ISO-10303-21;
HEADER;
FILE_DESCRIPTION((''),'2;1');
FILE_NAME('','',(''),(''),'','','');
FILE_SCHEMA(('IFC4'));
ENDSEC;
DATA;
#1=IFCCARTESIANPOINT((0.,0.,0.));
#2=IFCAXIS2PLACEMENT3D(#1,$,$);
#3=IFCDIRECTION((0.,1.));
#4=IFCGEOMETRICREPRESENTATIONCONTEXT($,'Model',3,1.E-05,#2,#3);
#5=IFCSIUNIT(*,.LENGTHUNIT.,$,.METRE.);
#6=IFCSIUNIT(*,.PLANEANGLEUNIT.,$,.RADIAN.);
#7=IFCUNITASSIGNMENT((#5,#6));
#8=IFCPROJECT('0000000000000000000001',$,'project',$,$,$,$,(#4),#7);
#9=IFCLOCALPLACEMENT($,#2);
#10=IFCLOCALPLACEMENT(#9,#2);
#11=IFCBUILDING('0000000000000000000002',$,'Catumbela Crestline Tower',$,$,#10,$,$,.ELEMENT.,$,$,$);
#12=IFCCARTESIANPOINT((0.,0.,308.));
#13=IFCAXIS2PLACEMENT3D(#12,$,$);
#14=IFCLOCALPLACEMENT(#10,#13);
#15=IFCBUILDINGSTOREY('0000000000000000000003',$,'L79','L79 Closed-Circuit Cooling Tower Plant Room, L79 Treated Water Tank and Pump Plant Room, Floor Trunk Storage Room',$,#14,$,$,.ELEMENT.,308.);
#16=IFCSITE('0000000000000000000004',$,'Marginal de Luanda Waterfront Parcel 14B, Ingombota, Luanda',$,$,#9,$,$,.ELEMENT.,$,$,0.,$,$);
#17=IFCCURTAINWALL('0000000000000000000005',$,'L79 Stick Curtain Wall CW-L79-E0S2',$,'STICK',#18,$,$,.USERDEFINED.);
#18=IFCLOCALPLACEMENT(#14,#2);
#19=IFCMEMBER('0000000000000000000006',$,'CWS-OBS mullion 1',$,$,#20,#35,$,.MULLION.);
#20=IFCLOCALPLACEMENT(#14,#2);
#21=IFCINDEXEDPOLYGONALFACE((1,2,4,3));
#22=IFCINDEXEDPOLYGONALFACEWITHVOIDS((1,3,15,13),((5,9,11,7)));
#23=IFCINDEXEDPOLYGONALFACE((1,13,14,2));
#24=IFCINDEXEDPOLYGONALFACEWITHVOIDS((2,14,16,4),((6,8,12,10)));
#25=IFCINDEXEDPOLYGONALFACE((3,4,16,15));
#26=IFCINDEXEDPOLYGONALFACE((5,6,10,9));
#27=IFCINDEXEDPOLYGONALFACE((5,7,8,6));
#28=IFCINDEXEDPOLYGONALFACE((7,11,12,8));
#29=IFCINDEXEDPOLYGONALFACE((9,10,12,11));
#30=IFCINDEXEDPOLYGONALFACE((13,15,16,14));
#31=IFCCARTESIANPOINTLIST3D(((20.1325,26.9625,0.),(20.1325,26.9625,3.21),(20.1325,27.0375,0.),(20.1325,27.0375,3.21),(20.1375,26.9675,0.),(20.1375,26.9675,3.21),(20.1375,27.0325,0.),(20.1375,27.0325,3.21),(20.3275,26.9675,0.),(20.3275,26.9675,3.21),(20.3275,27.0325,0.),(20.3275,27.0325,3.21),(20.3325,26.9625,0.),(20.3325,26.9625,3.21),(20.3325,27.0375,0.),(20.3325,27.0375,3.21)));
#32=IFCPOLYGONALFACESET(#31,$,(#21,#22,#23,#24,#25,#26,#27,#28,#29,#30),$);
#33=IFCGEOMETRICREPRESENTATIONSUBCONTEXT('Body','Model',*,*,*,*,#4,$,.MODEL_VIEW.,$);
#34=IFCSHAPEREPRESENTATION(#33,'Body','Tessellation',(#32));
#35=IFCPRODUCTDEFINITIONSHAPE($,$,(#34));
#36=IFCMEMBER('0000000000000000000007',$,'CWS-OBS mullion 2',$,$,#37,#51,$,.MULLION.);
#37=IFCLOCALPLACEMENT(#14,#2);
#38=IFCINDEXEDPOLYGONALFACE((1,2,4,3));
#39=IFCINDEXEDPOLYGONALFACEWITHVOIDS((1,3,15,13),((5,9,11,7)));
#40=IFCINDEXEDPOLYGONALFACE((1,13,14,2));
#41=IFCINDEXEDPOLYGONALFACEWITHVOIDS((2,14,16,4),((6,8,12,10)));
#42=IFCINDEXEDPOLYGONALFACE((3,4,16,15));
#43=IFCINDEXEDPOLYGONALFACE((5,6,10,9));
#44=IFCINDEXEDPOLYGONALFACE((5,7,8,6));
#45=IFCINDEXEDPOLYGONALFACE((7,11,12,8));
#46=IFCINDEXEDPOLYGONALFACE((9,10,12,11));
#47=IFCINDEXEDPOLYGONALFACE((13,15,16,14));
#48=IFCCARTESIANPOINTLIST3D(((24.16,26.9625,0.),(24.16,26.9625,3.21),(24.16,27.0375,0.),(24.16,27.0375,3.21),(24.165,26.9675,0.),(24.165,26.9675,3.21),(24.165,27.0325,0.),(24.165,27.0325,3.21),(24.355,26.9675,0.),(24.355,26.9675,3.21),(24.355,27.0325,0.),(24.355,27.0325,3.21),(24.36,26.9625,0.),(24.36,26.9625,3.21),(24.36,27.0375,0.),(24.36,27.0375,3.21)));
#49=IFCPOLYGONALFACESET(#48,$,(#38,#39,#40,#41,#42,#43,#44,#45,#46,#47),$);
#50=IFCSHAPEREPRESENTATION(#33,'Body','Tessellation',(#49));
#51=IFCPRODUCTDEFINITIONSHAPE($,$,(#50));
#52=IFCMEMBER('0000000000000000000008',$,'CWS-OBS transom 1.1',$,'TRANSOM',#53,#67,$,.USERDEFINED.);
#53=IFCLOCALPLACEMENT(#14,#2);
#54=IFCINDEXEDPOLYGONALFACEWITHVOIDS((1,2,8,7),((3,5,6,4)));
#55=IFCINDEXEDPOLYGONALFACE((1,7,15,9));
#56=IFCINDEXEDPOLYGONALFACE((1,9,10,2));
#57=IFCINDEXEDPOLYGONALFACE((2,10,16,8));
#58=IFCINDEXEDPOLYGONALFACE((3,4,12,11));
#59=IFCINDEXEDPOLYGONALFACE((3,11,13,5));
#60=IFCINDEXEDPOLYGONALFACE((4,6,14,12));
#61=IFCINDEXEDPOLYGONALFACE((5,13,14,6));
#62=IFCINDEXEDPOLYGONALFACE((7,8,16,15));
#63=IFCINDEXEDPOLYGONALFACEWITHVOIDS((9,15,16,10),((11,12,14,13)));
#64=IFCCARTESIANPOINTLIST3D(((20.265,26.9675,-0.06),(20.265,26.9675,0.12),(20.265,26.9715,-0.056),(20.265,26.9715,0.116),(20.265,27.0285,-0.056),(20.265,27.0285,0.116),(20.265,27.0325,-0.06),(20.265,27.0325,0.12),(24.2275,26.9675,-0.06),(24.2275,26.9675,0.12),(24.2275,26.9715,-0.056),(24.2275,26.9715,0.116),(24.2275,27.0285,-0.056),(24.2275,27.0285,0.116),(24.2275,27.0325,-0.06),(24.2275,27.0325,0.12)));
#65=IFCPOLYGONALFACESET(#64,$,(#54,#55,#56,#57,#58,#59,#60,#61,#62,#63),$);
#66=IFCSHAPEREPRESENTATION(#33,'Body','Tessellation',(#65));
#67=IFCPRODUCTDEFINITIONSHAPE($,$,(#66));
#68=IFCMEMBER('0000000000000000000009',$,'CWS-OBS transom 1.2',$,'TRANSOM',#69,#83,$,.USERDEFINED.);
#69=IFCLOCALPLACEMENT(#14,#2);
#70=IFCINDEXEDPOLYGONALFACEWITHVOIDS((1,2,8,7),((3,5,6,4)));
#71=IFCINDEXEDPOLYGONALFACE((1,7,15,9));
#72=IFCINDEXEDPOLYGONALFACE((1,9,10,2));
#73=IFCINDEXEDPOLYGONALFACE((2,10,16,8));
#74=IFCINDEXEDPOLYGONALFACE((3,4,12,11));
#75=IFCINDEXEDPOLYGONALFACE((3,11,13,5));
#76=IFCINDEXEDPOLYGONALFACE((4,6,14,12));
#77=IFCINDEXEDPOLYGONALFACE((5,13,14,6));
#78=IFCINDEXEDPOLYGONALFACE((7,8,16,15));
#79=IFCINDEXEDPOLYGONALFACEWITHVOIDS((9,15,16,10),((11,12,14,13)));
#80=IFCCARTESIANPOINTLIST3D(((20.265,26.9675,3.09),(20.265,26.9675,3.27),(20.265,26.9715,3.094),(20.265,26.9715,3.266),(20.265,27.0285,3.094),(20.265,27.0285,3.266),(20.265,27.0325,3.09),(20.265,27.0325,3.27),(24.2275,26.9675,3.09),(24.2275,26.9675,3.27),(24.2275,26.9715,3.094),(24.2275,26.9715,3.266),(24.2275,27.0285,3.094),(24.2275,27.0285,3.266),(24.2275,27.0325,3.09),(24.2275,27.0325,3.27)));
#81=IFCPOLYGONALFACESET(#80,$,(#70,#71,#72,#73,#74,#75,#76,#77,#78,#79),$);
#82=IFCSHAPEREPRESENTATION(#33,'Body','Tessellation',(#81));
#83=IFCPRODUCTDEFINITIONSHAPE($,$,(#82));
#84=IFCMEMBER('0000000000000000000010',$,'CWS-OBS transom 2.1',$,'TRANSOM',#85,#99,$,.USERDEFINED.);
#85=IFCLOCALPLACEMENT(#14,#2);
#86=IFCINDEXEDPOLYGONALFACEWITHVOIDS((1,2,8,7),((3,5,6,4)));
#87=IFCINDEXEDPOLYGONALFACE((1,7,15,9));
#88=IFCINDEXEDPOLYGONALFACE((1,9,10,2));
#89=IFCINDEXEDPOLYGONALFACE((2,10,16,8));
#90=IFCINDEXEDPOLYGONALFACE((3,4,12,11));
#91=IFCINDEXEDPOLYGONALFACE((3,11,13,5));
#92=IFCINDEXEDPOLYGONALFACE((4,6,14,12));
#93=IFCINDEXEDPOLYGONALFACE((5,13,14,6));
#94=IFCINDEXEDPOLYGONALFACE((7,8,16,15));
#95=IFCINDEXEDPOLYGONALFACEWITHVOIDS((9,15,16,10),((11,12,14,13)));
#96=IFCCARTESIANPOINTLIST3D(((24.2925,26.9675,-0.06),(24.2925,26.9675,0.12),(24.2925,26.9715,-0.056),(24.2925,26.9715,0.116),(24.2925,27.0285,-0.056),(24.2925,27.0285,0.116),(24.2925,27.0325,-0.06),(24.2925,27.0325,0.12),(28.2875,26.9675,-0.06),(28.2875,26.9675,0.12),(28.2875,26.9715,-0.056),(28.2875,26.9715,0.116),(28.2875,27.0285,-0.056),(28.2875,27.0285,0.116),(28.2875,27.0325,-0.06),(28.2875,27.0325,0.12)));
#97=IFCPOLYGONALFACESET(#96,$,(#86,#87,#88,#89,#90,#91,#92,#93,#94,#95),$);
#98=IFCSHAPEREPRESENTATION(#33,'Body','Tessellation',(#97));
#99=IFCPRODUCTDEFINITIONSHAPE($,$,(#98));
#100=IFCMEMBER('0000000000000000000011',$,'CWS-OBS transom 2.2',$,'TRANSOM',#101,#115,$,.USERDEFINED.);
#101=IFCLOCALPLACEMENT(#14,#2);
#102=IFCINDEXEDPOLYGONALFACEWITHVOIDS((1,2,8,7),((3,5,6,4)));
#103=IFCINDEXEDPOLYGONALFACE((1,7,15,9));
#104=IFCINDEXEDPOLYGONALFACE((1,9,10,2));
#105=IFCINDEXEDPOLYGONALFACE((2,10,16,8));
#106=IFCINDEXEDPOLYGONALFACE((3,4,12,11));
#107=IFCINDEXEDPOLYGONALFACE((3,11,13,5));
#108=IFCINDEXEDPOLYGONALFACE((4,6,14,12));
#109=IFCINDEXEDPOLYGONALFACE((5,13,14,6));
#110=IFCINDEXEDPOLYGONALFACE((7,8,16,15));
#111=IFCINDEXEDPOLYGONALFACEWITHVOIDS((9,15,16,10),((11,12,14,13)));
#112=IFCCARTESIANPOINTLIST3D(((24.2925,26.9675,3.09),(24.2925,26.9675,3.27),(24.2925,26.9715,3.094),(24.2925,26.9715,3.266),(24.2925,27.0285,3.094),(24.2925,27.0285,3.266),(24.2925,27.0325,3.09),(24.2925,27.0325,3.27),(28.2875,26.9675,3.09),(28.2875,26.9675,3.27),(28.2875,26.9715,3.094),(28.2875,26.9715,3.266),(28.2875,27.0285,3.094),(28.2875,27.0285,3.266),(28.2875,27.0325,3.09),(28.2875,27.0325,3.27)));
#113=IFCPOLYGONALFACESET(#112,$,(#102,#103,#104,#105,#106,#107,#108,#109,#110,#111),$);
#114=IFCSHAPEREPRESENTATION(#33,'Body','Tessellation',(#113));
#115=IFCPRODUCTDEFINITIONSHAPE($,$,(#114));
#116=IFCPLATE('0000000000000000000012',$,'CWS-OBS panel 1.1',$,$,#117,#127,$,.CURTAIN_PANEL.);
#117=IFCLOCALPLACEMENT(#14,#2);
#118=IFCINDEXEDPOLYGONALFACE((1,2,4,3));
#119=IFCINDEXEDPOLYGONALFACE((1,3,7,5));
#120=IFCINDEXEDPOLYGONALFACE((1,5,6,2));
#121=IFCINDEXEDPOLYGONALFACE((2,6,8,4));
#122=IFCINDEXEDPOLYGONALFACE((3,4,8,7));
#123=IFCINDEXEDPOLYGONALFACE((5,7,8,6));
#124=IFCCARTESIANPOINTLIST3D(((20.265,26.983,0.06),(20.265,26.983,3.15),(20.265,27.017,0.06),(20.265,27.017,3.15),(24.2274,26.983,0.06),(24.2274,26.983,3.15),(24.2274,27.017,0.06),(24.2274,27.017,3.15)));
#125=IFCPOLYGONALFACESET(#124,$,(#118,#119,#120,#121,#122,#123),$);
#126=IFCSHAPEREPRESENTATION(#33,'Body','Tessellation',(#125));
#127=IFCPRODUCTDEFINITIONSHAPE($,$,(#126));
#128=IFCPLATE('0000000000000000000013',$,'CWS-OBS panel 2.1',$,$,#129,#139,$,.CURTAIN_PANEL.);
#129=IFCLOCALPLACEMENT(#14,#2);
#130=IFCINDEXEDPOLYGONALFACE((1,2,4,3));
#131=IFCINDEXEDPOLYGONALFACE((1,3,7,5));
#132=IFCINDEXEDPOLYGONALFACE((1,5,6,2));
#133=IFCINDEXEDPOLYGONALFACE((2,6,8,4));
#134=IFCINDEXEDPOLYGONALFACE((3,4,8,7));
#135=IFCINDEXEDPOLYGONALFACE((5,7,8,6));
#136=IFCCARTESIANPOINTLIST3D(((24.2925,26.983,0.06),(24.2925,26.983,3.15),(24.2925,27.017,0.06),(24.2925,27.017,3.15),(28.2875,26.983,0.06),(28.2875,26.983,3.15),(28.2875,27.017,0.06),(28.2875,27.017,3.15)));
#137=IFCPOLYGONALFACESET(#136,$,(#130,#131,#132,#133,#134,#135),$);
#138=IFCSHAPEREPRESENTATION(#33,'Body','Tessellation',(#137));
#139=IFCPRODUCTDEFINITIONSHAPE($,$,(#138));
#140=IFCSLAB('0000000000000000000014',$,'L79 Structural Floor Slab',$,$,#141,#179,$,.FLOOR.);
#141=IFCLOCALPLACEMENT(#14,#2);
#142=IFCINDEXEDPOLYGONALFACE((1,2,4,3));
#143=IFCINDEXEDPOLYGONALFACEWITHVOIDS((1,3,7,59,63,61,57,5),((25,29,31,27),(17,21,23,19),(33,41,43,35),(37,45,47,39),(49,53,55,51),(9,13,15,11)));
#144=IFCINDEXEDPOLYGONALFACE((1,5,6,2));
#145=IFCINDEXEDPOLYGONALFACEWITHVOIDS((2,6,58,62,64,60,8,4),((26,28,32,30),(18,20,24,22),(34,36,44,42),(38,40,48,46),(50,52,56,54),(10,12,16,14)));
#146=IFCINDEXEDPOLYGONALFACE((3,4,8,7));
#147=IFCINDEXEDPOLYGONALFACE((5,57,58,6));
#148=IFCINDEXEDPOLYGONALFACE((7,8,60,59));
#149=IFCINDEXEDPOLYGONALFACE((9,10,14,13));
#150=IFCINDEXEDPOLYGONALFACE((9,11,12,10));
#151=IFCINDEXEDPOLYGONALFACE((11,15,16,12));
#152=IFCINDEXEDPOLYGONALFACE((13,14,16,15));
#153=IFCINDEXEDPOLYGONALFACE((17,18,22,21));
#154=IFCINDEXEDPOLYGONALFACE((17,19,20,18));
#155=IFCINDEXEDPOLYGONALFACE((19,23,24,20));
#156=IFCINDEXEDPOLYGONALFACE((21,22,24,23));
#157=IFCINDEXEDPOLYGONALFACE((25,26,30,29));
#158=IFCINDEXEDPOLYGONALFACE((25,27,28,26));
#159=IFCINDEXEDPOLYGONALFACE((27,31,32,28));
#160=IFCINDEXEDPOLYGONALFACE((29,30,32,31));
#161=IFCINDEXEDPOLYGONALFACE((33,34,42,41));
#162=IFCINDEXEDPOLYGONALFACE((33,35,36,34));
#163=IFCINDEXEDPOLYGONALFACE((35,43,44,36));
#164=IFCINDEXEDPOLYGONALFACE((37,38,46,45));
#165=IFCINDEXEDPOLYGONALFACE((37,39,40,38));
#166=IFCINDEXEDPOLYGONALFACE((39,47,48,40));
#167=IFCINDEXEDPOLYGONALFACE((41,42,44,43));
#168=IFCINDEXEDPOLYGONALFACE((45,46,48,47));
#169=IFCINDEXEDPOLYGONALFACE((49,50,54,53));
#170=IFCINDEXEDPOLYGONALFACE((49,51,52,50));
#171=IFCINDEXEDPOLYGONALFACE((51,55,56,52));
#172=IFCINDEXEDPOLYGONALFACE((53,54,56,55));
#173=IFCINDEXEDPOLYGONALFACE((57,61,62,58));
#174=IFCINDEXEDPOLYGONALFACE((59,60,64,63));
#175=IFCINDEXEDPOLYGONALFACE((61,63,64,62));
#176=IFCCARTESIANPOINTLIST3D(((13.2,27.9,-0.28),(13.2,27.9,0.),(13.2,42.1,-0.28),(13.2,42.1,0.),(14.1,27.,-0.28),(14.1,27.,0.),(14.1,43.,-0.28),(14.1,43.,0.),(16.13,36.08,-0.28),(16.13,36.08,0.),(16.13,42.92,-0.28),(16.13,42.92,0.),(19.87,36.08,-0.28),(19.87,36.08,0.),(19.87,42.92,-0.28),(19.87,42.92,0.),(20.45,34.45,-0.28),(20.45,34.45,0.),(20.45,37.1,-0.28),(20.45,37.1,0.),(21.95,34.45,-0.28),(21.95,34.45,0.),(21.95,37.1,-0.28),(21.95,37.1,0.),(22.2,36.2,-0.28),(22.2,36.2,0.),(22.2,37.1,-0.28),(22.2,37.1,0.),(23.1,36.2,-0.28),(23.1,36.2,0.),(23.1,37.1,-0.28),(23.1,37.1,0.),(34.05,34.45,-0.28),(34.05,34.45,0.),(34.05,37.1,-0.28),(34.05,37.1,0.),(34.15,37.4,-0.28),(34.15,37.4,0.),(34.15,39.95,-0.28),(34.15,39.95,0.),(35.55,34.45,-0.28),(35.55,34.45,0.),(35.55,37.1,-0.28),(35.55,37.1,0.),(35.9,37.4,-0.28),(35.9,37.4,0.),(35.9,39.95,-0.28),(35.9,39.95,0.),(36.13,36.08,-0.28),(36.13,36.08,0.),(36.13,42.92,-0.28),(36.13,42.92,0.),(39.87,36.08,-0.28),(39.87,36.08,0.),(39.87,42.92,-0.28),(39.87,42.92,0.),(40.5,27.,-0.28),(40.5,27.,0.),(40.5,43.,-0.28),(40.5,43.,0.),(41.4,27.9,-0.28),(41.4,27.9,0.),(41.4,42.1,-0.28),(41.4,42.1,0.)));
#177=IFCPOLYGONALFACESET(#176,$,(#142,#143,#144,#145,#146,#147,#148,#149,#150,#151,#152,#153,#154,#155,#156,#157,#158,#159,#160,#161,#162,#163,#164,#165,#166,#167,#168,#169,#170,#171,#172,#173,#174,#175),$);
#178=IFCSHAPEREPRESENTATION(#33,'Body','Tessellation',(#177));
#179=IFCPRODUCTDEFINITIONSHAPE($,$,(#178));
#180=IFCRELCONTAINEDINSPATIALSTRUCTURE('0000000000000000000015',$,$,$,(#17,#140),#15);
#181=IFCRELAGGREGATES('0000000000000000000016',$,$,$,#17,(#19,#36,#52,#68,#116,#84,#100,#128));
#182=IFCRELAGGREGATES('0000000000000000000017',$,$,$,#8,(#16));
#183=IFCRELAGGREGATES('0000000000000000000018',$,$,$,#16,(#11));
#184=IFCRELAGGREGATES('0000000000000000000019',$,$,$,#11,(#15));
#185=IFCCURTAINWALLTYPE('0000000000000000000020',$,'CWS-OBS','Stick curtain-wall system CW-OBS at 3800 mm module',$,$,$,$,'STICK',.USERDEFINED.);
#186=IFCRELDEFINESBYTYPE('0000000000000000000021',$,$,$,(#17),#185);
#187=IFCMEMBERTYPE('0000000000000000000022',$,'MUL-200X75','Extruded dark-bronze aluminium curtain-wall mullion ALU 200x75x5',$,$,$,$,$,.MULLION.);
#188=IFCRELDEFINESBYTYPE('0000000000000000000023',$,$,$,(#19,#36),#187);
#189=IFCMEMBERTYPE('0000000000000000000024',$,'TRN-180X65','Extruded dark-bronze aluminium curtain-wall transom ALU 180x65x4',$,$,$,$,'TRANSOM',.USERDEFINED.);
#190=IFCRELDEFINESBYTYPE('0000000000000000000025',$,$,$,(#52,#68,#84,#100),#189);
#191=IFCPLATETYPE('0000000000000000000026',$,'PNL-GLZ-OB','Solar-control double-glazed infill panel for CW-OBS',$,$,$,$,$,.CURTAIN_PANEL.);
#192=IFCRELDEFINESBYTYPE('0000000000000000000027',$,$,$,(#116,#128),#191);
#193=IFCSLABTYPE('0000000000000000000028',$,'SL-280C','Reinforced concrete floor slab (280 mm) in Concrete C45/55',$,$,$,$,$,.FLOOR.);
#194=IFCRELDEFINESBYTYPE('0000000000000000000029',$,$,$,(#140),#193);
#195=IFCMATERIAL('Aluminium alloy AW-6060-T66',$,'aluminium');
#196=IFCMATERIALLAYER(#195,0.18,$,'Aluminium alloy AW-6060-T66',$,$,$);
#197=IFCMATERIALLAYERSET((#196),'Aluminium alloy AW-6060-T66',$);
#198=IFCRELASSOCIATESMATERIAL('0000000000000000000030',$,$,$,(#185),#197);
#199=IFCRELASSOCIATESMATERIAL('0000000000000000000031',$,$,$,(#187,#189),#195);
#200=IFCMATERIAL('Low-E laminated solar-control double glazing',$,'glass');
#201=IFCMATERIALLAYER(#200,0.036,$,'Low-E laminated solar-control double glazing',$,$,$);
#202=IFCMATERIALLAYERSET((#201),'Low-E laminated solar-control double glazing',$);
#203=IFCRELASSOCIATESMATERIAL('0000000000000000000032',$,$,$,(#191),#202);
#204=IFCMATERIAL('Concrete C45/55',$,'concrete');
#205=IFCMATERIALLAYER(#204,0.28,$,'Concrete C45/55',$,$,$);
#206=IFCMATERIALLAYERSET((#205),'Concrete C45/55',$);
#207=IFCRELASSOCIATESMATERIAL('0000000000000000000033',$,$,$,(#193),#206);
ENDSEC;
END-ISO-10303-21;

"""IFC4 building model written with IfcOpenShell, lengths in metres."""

from ifc_helpers import new_model, si_unit, direction, frame, origin, origin_2d, place, context, subcontext, project, spatial, polyline, rectangle, hollow_rectangle, outline, extrude, material, layer, layer_set, material_profile, profile_set, type_object, element, aggregate, save


model = new_model("IFC4")

# Units and contexts
model_context = context("Model", 3, precision=1e-05, world=origin(), true_north=direction((0.0, 1.0)))
body_context = subcontext(model_context, "Body", "Model", "MODEL_VIEW")
ifc_project = project(units=[si_unit("LENGTHUNIT", "METRE"), si_unit("PLANEANGLEUNIT", "RADIAN")], contexts=[model_context])

# Site, building, storey
site_placement = place(None, origin())
site = spatial("IfcSite", under=ifc_project, at=site_placement, Name="Marginal de Luanda Waterfront Parcel 14B, Ingombota, Luanda", CompositionType="ELEMENT", RefElevation=0.0)
building_placement = place(site_placement, origin())
building = spatial("IfcBuilding", under=site, at=building_placement, Name="Catumbela Crestline Tower", CompositionType="ELEMENT")
storey_placement = place(building_placement, frame((0.0, 0.0, 308.0)))
storey = spatial("IfcBuildingStorey", under=building, at=storey_placement, Name="L79", Description="L79 Closed-Circuit Cooling Tower Plant Room, L79 Treated Water Tank and Pump Plant Room, Floor Trunk Storage Room", CompositionType="ELEMENT", Elevation=308.0)

# Curtain wall, members, plates
ifc_material_1 = material(Name="Aluminium alloy AW-6060-T66", Category="aluminium")
ifc_layer_1 = layer(ifc_material_1, 0.18, Name="Aluminium alloy AW-6060-T66")
ifc_layer_set_1 = layer_set([ifc_layer_1], Name="Aluminium alloy AW-6060-T66")
curtain_wall_type = type_object("IfcCurtainWallType", Name="CWS-OBS", Description="Stick curtain-wall system CW-OBS at 3800 mm module", ElementType="STICK", PredefinedType="USERDEFINED", material=ifc_layer_set_1)
curtain_wall_placement = place(storey_placement, origin())
curtain_wall = element("IfcCurtainWall", 1, at=curtain_wall_placement, inside=storey, type_object=curtain_wall_type, Name="L79 Stick Curtain Wall CW-L79-E0S2", ObjectType="STICK", PredefinedType="USERDEFINED")
ifc_material_profile_1 = material_profile(ifc_material_1, hollow_rectangle(XDim=0.075, YDim=0.2, WallThickness=0.005, at=origin_2d()), Name="ALU 200x75x5")
ifc_profile_set_1 = profile_set([ifc_material_profile_1], Name="Aluminium alloy AW-6060-T66")
member_type_1 = type_object("IfcMemberType", Name="MUL-200X75", Description="Extruded dark-bronze aluminium curtain-wall mullion ALU 200x75x5", PredefinedType="MULLION", material=ifc_profile_set_1)
member_1_placement = place(storey_placement, frame((20.2325, 27.0, 0.0), z_axis=(0.0, 0.0, 1.0), x_axis=(0.0, 1.0, 0.0)))
member_1 = element("IfcMember", 2, at=member_1_placement, type_object=member_type_1, Name="CWS-OBS mullion 1", PredefinedType="MULLION", context=body_context, shape_type="SweptSolid", body=[
    extrude(hollow_rectangle(XDim=0.075, YDim=0.2, WallThickness=0.005, at=origin_2d()), origin(), (0.0, 0.0, 1.0), 3.21),
])
member_2_placement = place(storey_placement, frame((24.26, 27.0, 0.0), z_axis=(0.0, 0.0, 1.0), x_axis=(0.0, 1.0, 0.0)))
member_2 = element("IfcMember", 3, at=member_2_placement, type_object=member_type_1, Name="CWS-OBS mullion 2", PredefinedType="MULLION", context=body_context, shape_type="SweptSolid", body=[
    extrude(hollow_rectangle(XDim=0.075, YDim=0.2, WallThickness=0.005, at=origin_2d()), origin(), (0.0, 0.0, 1.0), 3.21),
])
ifc_material_profile_2 = material_profile(ifc_material_1, hollow_rectangle(XDim=0.065, YDim=0.18, WallThickness=0.004, at=origin_2d()), Name="ALU 180x65x4")
ifc_profile_set_2 = profile_set([ifc_material_profile_2], Name="Aluminium alloy AW-6060-T66")
member_type_2 = type_object("IfcMemberType", Name="TRN-180X65", Description="Extruded dark-bronze aluminium curtain-wall transom ALU 180x65x4", ElementType="TRANSOM", PredefinedType="USERDEFINED", material=ifc_profile_set_2)
member_3_placement = place(storey_placement, frame((20.265, 27.0, 0.03), z_axis=(1.0, 0.0, 0.0), x_axis=(0.0, 1.0, 0.0)))
member_3 = element("IfcMember", 4, at=member_3_placement, type_object=member_type_2, Name="CWS-OBS transom 1.1", ObjectType="TRANSOM", PredefinedType="USERDEFINED", context=body_context, shape_type="SweptSolid", body=[
    extrude(hollow_rectangle(XDim=0.065, YDim=0.18, WallThickness=0.004, at=origin_2d()), origin(), (0.0, 0.0, 1.0), 3.9625),
])
member_4_placement = place(storey_placement, frame((20.265, 27.0, 3.18), z_axis=(1.0, 0.0, 0.0), x_axis=(0.0, 1.0, 0.0)))
member_4 = element("IfcMember", 5, at=member_4_placement, type_object=member_type_2, Name="CWS-OBS transom 1.2", ObjectType="TRANSOM", PredefinedType="USERDEFINED", context=body_context, shape_type="SweptSolid", body=[
    extrude(hollow_rectangle(XDim=0.065, YDim=0.18, WallThickness=0.004, at=origin_2d()), origin(), (0.0, 0.0, 1.0), 3.9625),
])
member_5_placement = place(storey_placement, frame((24.2925, 27.0, 0.03), z_axis=(1.0, 0.0, 0.0), x_axis=(0.0, 1.0, 0.0)))
member_5 = element("IfcMember", 6, at=member_5_placement, type_object=member_type_2, Name="CWS-OBS transom 2.1", ObjectType="TRANSOM", PredefinedType="USERDEFINED", context=body_context, shape_type="SweptSolid", body=[
    extrude(hollow_rectangle(XDim=0.065, YDim=0.18, WallThickness=0.004, at=origin_2d()), origin(), (0.0, 0.0, 1.0), 3.995),
])
member_6_placement = place(storey_placement, frame((24.2925, 27.0, 3.18), z_axis=(1.0, 0.0, 0.0), x_axis=(0.0, 1.0, 0.0)))
member_6 = element("IfcMember", 7, at=member_6_placement, type_object=member_type_2, Name="CWS-OBS transom 2.2", ObjectType="TRANSOM", PredefinedType="USERDEFINED", context=body_context, shape_type="SweptSolid", body=[
    extrude(hollow_rectangle(XDim=0.065, YDim=0.18, WallThickness=0.004, at=origin_2d()), origin(), (0.0, 0.0, 1.0), 3.995),
])
ifc_material_2 = material(Name="Low-E laminated solar-control double glazing", Category="glass")
ifc_layer_2 = layer(ifc_material_2, 0.036, Name="Low-E laminated solar-control double glazing")
ifc_layer_set_2 = layer_set([ifc_layer_2], Name="Low-E laminated solar-control double glazing")
plate_type = type_object("IfcPlateType", Name="PNL-GLZ-OB", Description="Solar-control double-glazed infill panel for CW-OBS", PredefinedType="CURTAIN_PANEL", material=ifc_layer_set_2)
plate_1_placement = place(storey_placement, frame((22.2462, 27.0, 0.06), z_axis=(0.0, 0.0, 1.0), x_axis=(1.0, 0.0, 0.0)))
plate_1 = element("IfcPlate", 8, at=plate_1_placement, type_object=plate_type, Name="CWS-OBS panel 1.1", PredefinedType="CURTAIN_PANEL", context=body_context, shape_type="SweptSolid", body=[
    extrude(rectangle(XDim=3.9625, YDim=0.034, at=origin_2d()), origin(), (0.0, 0.0, 1.0), 3.09),
])
plate_2_placement = place(storey_placement, frame((26.29, 27.0, 0.06), z_axis=(0.0, 0.0, 1.0), x_axis=(1.0, 0.0, 0.0)))
plate_2 = element("IfcPlate", 9, at=plate_2_placement, type_object=plate_type, Name="CWS-OBS panel 2.1", PredefinedType="CURTAIN_PANEL", context=body_context, shape_type="SweptSolid", body=[
    extrude(rectangle(XDim=3.995, YDim=0.034, at=origin_2d()), origin(), (0.0, 0.0, 1.0), 3.09),
])
aggregate(curtain_wall, [member_1, member_2, member_3, member_4, plate_1, member_5, member_6, plate_2])

# Slab
ifc_material_3 = material(Name="Concrete C45/55", Category="concrete")
ifc_layer_3 = layer(ifc_material_3, 0.28, Name="Concrete C45/55")
ifc_layer_set_3 = layer_set([ifc_layer_3], Name="Concrete C45/55")
slab_type_1 = type_object("IfcSlabType", Name="SL-280C", Description="Reinforced concrete floor slab (280 mm) in Concrete C45/55", PredefinedType="FLOOR", material=ifc_layer_set_3)
slab_1_placement = place(storey_placement, frame((0.0, 0.0, -0.28)))
element("IfcSlab", 10, at=slab_1_placement, inside=storey, type_object=slab_type_1, Name="L79 Structural Floor Slab", PredefinedType="FLOOR", context=body_context, shape_type="SweptSolid", body=[
    extrude(outline(polyline([(14.1, 27.0), (40.5, 27.0), (41.4, 27.9), (41.4, 42.1), (40.5, 43.0), (14.1, 43.0), (13.2, 42.1), (13.2, 27.9), (14.1, 27.0)]), holes=[polyline([(16.13, 36.08), (19.87, 36.08), (19.87, 42.92), (16.13, 42.92), (16.13, 36.08)]), polyline([(36.13, 36.08), (39.87, 36.08), (39.87, 42.92), (36.13, 42.92), (36.13, 36.08)]), polyline([(20.45, 34.45), (21.95, 34.45), (21.95, 37.1), (20.45, 37.1), (20.45, 34.45)]), polyline([(34.05, 34.45), (35.55, 34.45), (35.55, 37.1), (34.05, 37.1), (34.05, 34.45)]), polyline([(34.15, 37.4), (35.9, 37.4), (35.9, 39.95), (34.15, 39.95), (34.15, 37.4)]), polyline([(22.2, 36.2), (23.1, 36.2), (23.1, 37.1), (22.2, 37.1), (22.2, 36.2)])]), origin(), (0.0, 0.0, 1.0), 0.28),
])

save(model, "model.ifc")
